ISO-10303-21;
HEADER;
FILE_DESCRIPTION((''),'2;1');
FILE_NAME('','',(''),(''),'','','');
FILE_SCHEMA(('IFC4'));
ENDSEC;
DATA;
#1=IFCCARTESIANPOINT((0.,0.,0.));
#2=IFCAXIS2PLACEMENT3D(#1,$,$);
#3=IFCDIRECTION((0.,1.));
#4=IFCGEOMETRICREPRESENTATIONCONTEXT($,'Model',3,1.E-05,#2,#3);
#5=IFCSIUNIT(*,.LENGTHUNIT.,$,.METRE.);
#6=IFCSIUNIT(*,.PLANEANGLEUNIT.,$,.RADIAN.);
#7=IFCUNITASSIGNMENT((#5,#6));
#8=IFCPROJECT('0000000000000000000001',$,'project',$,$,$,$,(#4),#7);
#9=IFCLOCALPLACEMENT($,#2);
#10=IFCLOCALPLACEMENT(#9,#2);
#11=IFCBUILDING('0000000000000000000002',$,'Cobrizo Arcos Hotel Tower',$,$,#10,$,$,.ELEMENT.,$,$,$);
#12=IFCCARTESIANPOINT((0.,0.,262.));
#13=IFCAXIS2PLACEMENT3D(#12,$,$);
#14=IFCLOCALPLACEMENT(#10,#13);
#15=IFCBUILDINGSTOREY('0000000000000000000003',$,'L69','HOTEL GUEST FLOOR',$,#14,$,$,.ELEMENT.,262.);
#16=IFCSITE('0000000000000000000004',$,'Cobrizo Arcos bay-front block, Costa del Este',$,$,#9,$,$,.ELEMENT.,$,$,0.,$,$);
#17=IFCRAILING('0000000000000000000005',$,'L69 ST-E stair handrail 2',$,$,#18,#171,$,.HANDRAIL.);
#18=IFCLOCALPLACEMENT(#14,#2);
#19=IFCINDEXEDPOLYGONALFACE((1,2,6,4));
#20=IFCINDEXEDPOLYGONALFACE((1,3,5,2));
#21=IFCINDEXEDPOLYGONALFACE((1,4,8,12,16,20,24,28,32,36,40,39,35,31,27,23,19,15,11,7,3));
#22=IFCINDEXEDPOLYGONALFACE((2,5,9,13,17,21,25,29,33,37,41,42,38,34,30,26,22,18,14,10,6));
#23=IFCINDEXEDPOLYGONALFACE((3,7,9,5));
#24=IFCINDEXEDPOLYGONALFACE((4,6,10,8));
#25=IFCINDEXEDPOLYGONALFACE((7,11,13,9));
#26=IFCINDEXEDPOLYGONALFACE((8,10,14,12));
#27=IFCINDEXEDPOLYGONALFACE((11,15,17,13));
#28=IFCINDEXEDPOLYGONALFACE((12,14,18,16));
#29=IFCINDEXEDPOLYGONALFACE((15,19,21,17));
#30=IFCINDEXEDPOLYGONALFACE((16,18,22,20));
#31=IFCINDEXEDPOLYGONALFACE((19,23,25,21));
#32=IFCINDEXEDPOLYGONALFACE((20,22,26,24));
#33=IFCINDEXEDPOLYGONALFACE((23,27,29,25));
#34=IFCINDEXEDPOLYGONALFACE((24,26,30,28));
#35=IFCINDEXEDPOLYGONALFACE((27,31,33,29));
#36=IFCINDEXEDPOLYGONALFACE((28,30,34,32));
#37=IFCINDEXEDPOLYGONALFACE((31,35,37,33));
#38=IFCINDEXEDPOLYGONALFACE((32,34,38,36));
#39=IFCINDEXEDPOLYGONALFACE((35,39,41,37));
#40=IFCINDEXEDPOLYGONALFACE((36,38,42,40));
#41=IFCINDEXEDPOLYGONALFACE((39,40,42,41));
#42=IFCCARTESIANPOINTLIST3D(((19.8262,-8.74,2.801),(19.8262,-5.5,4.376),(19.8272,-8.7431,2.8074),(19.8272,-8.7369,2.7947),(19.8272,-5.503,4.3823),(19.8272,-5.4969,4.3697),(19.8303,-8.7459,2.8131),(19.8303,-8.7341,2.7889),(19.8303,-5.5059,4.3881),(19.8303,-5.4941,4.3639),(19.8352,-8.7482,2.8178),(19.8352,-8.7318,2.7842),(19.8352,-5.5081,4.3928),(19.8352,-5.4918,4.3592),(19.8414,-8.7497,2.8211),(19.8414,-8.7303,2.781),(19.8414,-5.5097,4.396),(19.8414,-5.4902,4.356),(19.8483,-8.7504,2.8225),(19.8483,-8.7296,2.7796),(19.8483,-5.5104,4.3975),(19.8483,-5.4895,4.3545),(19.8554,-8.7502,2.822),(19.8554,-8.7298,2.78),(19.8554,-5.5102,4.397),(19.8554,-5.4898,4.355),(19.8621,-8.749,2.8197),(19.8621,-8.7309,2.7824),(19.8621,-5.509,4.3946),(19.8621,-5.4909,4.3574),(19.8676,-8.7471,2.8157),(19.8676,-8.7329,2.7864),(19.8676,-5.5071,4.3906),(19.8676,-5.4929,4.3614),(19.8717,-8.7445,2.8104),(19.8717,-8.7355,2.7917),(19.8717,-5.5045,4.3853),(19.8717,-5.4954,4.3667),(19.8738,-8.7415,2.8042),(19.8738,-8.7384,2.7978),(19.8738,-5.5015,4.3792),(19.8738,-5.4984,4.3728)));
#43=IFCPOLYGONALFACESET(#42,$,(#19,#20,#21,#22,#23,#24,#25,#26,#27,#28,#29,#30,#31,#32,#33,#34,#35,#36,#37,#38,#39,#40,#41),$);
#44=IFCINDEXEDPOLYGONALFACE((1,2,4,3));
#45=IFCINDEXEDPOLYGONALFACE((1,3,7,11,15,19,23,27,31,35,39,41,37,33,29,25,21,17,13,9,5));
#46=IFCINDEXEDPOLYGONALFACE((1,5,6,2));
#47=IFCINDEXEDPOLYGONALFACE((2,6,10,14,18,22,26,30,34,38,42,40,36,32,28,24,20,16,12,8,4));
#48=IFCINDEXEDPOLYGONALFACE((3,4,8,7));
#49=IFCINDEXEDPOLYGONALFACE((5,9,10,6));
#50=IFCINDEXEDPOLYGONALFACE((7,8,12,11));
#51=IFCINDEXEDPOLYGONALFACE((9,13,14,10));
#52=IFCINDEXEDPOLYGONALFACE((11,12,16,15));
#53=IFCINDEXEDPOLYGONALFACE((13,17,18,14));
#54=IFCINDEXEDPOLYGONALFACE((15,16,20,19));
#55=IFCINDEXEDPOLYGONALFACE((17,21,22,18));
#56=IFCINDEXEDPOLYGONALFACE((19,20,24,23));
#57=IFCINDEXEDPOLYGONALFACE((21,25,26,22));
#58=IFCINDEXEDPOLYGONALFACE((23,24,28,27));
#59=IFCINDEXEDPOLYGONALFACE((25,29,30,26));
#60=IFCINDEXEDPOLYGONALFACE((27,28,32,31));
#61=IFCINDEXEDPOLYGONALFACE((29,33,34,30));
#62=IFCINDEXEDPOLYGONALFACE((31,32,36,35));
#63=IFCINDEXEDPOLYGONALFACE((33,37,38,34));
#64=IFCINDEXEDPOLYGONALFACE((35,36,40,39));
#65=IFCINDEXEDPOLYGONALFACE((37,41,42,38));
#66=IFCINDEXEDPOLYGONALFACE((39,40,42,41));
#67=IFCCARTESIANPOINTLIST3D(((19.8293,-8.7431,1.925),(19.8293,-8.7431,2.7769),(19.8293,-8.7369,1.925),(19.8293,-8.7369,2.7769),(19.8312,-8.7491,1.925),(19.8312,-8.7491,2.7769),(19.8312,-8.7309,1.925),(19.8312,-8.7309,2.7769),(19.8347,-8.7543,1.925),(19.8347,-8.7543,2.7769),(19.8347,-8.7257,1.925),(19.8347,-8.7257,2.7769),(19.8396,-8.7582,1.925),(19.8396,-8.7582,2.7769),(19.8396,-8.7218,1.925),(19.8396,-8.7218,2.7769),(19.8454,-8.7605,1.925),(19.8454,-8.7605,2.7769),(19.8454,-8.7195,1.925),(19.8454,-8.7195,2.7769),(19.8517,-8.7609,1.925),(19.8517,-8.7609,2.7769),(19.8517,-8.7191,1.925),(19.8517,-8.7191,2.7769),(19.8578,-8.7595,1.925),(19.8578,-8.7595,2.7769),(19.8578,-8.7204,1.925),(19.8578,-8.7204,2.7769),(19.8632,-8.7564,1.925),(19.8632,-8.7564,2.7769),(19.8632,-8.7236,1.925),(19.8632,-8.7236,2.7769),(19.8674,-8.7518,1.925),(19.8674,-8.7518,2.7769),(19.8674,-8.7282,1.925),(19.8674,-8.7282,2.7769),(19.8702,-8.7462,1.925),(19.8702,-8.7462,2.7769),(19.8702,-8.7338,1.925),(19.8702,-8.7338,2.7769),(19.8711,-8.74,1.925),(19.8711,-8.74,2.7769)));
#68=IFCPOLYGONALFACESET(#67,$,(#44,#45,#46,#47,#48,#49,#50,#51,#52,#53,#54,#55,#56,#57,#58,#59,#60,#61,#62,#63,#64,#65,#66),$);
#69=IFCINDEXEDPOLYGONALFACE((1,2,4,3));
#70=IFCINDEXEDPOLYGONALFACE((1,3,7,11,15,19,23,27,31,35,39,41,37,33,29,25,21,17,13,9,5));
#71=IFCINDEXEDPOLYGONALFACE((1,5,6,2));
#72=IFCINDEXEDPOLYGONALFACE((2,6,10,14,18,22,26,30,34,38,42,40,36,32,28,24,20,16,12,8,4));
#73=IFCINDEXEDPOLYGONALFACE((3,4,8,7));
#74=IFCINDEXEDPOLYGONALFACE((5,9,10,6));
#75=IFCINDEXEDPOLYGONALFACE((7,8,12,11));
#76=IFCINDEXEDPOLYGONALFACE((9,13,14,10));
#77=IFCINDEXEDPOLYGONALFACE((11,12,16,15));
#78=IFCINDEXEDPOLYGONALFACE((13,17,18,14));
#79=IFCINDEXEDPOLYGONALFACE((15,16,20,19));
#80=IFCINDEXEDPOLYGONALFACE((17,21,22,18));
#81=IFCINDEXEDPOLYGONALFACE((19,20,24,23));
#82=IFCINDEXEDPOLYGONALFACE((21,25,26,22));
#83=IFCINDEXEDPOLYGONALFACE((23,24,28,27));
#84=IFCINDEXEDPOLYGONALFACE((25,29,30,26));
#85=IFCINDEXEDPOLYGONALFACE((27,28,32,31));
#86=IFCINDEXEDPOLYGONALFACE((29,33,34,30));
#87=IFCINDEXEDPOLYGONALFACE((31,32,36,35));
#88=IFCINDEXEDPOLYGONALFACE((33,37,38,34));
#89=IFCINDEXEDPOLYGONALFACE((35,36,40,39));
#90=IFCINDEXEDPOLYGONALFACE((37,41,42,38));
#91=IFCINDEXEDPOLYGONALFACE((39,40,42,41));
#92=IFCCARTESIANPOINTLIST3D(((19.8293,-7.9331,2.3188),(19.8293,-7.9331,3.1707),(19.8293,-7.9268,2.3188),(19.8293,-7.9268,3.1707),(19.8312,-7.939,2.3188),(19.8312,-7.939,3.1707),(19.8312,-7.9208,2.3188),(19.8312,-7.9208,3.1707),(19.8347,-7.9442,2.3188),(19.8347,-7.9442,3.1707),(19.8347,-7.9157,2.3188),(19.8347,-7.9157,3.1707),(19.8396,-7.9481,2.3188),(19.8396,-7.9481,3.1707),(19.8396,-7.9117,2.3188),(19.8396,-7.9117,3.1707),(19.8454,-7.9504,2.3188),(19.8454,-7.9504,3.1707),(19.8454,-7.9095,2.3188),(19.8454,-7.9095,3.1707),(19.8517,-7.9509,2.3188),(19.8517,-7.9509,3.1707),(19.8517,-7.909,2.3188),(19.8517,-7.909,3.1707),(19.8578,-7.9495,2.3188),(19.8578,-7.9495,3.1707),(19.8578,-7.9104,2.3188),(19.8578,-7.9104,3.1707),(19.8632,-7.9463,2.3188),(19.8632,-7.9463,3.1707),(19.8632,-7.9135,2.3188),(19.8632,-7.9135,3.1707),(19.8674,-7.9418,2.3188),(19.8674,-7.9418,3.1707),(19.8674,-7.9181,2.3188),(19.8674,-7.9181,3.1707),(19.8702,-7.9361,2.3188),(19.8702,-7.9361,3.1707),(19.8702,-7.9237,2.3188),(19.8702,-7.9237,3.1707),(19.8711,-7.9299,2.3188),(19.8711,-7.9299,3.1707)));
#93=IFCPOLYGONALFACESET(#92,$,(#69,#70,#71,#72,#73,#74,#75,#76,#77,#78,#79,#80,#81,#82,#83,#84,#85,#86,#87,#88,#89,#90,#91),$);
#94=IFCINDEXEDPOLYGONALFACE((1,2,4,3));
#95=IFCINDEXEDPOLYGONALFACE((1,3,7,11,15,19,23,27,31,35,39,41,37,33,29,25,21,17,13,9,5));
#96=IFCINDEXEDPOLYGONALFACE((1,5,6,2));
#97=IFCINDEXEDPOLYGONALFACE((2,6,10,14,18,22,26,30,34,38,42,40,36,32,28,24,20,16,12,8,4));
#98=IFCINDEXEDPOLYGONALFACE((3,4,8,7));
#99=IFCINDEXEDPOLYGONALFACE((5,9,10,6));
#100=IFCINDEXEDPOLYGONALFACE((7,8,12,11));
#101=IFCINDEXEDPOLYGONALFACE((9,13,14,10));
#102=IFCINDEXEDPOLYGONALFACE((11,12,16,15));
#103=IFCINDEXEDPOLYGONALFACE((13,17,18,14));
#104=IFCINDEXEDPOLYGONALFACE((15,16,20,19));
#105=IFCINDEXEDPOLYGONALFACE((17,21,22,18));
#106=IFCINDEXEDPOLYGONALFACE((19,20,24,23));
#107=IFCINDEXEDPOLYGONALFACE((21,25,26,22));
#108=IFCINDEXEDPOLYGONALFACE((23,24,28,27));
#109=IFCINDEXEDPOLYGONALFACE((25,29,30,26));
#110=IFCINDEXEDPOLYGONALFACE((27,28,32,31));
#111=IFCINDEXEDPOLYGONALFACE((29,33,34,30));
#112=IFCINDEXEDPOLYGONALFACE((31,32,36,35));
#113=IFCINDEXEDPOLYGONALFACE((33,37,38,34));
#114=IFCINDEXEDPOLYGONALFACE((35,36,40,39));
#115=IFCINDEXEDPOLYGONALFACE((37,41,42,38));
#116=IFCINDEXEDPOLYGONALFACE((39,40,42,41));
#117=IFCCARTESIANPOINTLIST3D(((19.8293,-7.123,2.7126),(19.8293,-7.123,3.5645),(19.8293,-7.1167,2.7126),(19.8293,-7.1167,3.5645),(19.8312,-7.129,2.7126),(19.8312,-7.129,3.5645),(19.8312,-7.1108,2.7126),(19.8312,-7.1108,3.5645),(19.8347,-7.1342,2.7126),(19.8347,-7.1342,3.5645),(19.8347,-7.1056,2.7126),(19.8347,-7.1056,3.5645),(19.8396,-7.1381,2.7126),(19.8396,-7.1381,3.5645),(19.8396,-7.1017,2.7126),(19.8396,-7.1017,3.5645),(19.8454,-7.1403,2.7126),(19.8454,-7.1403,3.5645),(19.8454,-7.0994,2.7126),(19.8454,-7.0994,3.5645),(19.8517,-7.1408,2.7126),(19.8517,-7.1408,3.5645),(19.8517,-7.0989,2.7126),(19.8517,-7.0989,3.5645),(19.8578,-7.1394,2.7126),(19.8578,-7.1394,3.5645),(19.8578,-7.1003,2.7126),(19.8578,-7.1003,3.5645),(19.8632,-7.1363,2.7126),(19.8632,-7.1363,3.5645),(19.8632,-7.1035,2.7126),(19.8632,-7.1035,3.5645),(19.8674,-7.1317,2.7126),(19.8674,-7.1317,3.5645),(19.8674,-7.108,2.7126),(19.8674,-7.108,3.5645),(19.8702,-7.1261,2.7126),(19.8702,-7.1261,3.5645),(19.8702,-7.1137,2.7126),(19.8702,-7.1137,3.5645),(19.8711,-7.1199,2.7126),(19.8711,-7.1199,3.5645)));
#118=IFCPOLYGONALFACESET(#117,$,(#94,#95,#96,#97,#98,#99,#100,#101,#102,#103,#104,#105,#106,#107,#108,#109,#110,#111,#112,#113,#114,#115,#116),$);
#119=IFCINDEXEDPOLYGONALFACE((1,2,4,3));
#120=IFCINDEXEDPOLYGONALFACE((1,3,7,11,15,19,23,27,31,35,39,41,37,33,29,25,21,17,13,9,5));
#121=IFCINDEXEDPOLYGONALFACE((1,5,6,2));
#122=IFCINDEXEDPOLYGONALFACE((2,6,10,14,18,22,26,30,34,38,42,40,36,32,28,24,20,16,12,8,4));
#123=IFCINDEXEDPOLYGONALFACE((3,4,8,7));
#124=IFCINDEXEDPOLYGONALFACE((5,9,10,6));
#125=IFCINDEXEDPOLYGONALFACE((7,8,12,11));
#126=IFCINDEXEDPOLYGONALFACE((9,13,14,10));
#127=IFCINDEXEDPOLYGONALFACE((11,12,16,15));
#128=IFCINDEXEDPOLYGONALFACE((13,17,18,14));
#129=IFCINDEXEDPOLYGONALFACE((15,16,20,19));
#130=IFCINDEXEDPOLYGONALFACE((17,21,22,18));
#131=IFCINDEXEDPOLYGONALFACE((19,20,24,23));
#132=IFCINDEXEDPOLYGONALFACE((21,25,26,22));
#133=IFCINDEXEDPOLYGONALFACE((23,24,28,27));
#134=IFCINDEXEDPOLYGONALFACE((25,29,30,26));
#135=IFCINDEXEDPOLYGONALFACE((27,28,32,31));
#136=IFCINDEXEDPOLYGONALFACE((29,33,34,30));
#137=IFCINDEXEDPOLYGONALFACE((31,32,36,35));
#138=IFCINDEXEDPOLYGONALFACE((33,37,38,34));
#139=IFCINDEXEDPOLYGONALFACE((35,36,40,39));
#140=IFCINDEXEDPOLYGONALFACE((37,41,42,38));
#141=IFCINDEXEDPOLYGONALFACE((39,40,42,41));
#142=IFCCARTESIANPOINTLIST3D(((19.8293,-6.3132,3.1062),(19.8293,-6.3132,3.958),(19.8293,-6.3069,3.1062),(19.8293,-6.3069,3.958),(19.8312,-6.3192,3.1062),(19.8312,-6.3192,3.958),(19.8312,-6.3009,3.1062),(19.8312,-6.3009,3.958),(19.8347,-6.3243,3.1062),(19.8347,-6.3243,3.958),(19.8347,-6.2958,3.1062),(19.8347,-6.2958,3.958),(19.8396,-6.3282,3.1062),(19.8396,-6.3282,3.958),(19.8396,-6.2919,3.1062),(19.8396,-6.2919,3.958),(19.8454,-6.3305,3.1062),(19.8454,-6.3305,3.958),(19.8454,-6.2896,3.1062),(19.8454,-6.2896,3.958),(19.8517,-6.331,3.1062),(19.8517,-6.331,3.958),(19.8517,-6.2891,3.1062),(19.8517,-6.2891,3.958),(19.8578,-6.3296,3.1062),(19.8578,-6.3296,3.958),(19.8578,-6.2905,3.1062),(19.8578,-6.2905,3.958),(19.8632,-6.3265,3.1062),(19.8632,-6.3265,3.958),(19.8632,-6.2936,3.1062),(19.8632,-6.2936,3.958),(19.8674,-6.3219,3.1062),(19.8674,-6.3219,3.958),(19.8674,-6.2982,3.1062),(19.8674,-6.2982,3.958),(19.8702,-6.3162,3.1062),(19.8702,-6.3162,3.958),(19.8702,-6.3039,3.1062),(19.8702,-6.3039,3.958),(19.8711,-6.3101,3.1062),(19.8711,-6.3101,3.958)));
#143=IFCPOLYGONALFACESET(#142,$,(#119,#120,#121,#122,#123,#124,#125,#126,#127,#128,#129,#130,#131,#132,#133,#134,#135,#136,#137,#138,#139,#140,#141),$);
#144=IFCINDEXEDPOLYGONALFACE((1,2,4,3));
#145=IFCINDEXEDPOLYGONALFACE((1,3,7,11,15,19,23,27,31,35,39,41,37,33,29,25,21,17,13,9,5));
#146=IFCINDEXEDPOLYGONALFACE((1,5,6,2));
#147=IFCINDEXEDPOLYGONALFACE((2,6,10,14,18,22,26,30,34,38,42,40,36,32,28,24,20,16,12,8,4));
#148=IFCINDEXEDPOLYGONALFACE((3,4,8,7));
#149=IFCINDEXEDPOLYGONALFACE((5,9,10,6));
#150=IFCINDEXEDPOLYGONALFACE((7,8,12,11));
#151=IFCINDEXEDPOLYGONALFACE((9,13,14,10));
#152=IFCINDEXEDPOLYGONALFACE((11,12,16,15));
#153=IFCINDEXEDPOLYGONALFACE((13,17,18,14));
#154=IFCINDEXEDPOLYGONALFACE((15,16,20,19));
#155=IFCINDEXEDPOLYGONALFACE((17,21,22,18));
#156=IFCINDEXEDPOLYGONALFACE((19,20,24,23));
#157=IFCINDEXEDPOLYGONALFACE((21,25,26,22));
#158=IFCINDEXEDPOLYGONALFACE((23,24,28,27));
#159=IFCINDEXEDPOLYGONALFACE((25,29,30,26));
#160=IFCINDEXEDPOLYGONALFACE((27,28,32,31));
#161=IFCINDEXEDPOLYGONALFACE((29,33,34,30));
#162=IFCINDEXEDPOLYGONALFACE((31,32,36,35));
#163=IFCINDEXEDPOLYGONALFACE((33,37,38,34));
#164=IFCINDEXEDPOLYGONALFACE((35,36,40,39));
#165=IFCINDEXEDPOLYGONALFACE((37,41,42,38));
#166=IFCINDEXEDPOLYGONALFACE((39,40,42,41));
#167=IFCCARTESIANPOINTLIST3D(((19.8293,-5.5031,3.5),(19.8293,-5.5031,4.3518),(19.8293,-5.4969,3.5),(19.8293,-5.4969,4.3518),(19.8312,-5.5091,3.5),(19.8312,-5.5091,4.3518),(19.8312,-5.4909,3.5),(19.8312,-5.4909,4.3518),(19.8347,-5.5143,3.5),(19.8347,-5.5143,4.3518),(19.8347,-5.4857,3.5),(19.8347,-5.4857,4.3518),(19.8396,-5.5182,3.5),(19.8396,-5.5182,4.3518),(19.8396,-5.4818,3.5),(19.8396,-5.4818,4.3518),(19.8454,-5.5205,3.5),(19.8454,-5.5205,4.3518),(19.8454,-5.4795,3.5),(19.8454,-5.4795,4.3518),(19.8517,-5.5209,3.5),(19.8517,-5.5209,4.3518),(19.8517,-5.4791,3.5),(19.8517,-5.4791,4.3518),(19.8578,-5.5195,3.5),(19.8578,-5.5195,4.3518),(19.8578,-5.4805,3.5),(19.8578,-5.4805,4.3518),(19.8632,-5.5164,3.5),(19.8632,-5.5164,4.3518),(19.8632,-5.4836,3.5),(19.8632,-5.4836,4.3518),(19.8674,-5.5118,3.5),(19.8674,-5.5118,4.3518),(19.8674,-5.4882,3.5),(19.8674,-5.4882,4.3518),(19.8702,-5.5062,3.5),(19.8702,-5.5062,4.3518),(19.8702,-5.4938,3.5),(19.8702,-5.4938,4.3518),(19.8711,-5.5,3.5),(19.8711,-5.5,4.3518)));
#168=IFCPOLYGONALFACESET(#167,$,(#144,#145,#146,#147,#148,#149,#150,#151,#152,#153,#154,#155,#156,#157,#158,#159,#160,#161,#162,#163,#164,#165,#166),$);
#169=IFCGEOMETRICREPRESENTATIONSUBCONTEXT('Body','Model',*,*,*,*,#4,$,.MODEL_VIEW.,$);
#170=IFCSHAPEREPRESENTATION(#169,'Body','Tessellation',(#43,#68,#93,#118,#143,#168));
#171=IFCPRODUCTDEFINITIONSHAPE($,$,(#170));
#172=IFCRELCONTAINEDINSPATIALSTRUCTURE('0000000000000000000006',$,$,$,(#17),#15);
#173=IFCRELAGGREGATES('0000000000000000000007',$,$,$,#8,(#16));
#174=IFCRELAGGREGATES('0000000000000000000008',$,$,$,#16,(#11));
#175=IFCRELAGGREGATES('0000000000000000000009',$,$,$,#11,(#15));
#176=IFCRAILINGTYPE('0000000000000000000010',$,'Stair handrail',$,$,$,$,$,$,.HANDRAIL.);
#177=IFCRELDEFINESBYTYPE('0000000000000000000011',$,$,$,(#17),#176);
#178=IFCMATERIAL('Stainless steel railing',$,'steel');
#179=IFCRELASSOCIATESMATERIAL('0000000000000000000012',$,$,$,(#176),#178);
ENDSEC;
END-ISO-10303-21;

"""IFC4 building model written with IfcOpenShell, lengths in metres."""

from ifc_helpers import new_model, si_unit, direction, frame, origin, origin_2d, place, context, subcontext, project, spatial, circle, extrude, material, type_object, element, save


model = new_model("IFC4")

# Units and contexts
model_context = context("Model", 3, precision=1e-05, world=origin(), true_north=direction((0.0, 1.0)))
body_context = subcontext(model_context, "Body", "Model", "MODEL_VIEW")
ifc_project = project(units=[si_unit("LENGTHUNIT", "METRE"), si_unit("PLANEANGLEUNIT", "RADIAN")], contexts=[model_context])

# Site, building, storey
site_placement = place(None, origin())
site = spatial("IfcSite", under=ifc_project, at=site_placement, Name="Cobrizo Arcos bay-front block, Costa del Este", CompositionType="ELEMENT", RefElevation=0.0)
building_placement = place(site_placement, origin())
building = spatial("IfcBuilding", under=site, at=building_placement, Name="Cobrizo Arcos Hotel Tower", CompositionType="ELEMENT")
storey_placement = place(building_placement, frame((0.0, 0.0, 262.0)))
storey = spatial("IfcBuildingStorey", under=building, at=storey_placement, Name="L69", Description="HOTEL GUEST FLOOR", CompositionType="ELEMENT", Elevation=262.0)

# Railing
ifc_material_1 = material(Name="Stainless steel railing", Category="steel")
railing_type_1 = type_object("IfcRailingType", Name="Stair handrail", PredefinedType="HANDRAIL", material=ifc_material_1)
railing_1_placement = place(storey_placement, frame((19.8501, -8.74, 1.925)))
element("IfcRailing", 1, at=railing_1_placement, inside=storey, type_object=railing_type_1, Name="L69 ST-E stair handrail 2", PredefinedType="HANDRAIL", context=body_context, shape_type="SweptSolid", body=[
    extrude(circle(Radius=0.0239, at=origin_2d()), frame((0.0, 0.0, 0.876), z_axis=(0.0, 0.899373, 0.437183), x_axis=(-1.0, 0.0, 0.0)), (0.0, 0.0, 1.0), 3.6025),
    extrude(circle(Radius=0.021, at=origin_2d()), origin(), (0.0, 0.0, 1.0), 0.8518),
    extrude(circle(Radius=0.021, at=origin_2d()), frame((0.0, 0.8101, 0.3938)), (0.0, 0.0, 1.0), 0.8518),
    extrude(circle(Radius=0.021, at=origin_2d()), frame((0.0, 1.6201, 0.7876)), (0.0, 0.0, 1.0), 0.8518),
    extrude(circle(Radius=0.021, at=origin_2d()), frame((0.0, 2.4299, 1.1812)), (0.0, 0.0, 1.0), 0.8518),
    extrude(circle(Radius=0.021, at=origin_2d()), frame((0.0, 3.24, 1.575)), (0.0, 0.0, 1.0), 0.8518),
])

save(model, "model.ifc")
